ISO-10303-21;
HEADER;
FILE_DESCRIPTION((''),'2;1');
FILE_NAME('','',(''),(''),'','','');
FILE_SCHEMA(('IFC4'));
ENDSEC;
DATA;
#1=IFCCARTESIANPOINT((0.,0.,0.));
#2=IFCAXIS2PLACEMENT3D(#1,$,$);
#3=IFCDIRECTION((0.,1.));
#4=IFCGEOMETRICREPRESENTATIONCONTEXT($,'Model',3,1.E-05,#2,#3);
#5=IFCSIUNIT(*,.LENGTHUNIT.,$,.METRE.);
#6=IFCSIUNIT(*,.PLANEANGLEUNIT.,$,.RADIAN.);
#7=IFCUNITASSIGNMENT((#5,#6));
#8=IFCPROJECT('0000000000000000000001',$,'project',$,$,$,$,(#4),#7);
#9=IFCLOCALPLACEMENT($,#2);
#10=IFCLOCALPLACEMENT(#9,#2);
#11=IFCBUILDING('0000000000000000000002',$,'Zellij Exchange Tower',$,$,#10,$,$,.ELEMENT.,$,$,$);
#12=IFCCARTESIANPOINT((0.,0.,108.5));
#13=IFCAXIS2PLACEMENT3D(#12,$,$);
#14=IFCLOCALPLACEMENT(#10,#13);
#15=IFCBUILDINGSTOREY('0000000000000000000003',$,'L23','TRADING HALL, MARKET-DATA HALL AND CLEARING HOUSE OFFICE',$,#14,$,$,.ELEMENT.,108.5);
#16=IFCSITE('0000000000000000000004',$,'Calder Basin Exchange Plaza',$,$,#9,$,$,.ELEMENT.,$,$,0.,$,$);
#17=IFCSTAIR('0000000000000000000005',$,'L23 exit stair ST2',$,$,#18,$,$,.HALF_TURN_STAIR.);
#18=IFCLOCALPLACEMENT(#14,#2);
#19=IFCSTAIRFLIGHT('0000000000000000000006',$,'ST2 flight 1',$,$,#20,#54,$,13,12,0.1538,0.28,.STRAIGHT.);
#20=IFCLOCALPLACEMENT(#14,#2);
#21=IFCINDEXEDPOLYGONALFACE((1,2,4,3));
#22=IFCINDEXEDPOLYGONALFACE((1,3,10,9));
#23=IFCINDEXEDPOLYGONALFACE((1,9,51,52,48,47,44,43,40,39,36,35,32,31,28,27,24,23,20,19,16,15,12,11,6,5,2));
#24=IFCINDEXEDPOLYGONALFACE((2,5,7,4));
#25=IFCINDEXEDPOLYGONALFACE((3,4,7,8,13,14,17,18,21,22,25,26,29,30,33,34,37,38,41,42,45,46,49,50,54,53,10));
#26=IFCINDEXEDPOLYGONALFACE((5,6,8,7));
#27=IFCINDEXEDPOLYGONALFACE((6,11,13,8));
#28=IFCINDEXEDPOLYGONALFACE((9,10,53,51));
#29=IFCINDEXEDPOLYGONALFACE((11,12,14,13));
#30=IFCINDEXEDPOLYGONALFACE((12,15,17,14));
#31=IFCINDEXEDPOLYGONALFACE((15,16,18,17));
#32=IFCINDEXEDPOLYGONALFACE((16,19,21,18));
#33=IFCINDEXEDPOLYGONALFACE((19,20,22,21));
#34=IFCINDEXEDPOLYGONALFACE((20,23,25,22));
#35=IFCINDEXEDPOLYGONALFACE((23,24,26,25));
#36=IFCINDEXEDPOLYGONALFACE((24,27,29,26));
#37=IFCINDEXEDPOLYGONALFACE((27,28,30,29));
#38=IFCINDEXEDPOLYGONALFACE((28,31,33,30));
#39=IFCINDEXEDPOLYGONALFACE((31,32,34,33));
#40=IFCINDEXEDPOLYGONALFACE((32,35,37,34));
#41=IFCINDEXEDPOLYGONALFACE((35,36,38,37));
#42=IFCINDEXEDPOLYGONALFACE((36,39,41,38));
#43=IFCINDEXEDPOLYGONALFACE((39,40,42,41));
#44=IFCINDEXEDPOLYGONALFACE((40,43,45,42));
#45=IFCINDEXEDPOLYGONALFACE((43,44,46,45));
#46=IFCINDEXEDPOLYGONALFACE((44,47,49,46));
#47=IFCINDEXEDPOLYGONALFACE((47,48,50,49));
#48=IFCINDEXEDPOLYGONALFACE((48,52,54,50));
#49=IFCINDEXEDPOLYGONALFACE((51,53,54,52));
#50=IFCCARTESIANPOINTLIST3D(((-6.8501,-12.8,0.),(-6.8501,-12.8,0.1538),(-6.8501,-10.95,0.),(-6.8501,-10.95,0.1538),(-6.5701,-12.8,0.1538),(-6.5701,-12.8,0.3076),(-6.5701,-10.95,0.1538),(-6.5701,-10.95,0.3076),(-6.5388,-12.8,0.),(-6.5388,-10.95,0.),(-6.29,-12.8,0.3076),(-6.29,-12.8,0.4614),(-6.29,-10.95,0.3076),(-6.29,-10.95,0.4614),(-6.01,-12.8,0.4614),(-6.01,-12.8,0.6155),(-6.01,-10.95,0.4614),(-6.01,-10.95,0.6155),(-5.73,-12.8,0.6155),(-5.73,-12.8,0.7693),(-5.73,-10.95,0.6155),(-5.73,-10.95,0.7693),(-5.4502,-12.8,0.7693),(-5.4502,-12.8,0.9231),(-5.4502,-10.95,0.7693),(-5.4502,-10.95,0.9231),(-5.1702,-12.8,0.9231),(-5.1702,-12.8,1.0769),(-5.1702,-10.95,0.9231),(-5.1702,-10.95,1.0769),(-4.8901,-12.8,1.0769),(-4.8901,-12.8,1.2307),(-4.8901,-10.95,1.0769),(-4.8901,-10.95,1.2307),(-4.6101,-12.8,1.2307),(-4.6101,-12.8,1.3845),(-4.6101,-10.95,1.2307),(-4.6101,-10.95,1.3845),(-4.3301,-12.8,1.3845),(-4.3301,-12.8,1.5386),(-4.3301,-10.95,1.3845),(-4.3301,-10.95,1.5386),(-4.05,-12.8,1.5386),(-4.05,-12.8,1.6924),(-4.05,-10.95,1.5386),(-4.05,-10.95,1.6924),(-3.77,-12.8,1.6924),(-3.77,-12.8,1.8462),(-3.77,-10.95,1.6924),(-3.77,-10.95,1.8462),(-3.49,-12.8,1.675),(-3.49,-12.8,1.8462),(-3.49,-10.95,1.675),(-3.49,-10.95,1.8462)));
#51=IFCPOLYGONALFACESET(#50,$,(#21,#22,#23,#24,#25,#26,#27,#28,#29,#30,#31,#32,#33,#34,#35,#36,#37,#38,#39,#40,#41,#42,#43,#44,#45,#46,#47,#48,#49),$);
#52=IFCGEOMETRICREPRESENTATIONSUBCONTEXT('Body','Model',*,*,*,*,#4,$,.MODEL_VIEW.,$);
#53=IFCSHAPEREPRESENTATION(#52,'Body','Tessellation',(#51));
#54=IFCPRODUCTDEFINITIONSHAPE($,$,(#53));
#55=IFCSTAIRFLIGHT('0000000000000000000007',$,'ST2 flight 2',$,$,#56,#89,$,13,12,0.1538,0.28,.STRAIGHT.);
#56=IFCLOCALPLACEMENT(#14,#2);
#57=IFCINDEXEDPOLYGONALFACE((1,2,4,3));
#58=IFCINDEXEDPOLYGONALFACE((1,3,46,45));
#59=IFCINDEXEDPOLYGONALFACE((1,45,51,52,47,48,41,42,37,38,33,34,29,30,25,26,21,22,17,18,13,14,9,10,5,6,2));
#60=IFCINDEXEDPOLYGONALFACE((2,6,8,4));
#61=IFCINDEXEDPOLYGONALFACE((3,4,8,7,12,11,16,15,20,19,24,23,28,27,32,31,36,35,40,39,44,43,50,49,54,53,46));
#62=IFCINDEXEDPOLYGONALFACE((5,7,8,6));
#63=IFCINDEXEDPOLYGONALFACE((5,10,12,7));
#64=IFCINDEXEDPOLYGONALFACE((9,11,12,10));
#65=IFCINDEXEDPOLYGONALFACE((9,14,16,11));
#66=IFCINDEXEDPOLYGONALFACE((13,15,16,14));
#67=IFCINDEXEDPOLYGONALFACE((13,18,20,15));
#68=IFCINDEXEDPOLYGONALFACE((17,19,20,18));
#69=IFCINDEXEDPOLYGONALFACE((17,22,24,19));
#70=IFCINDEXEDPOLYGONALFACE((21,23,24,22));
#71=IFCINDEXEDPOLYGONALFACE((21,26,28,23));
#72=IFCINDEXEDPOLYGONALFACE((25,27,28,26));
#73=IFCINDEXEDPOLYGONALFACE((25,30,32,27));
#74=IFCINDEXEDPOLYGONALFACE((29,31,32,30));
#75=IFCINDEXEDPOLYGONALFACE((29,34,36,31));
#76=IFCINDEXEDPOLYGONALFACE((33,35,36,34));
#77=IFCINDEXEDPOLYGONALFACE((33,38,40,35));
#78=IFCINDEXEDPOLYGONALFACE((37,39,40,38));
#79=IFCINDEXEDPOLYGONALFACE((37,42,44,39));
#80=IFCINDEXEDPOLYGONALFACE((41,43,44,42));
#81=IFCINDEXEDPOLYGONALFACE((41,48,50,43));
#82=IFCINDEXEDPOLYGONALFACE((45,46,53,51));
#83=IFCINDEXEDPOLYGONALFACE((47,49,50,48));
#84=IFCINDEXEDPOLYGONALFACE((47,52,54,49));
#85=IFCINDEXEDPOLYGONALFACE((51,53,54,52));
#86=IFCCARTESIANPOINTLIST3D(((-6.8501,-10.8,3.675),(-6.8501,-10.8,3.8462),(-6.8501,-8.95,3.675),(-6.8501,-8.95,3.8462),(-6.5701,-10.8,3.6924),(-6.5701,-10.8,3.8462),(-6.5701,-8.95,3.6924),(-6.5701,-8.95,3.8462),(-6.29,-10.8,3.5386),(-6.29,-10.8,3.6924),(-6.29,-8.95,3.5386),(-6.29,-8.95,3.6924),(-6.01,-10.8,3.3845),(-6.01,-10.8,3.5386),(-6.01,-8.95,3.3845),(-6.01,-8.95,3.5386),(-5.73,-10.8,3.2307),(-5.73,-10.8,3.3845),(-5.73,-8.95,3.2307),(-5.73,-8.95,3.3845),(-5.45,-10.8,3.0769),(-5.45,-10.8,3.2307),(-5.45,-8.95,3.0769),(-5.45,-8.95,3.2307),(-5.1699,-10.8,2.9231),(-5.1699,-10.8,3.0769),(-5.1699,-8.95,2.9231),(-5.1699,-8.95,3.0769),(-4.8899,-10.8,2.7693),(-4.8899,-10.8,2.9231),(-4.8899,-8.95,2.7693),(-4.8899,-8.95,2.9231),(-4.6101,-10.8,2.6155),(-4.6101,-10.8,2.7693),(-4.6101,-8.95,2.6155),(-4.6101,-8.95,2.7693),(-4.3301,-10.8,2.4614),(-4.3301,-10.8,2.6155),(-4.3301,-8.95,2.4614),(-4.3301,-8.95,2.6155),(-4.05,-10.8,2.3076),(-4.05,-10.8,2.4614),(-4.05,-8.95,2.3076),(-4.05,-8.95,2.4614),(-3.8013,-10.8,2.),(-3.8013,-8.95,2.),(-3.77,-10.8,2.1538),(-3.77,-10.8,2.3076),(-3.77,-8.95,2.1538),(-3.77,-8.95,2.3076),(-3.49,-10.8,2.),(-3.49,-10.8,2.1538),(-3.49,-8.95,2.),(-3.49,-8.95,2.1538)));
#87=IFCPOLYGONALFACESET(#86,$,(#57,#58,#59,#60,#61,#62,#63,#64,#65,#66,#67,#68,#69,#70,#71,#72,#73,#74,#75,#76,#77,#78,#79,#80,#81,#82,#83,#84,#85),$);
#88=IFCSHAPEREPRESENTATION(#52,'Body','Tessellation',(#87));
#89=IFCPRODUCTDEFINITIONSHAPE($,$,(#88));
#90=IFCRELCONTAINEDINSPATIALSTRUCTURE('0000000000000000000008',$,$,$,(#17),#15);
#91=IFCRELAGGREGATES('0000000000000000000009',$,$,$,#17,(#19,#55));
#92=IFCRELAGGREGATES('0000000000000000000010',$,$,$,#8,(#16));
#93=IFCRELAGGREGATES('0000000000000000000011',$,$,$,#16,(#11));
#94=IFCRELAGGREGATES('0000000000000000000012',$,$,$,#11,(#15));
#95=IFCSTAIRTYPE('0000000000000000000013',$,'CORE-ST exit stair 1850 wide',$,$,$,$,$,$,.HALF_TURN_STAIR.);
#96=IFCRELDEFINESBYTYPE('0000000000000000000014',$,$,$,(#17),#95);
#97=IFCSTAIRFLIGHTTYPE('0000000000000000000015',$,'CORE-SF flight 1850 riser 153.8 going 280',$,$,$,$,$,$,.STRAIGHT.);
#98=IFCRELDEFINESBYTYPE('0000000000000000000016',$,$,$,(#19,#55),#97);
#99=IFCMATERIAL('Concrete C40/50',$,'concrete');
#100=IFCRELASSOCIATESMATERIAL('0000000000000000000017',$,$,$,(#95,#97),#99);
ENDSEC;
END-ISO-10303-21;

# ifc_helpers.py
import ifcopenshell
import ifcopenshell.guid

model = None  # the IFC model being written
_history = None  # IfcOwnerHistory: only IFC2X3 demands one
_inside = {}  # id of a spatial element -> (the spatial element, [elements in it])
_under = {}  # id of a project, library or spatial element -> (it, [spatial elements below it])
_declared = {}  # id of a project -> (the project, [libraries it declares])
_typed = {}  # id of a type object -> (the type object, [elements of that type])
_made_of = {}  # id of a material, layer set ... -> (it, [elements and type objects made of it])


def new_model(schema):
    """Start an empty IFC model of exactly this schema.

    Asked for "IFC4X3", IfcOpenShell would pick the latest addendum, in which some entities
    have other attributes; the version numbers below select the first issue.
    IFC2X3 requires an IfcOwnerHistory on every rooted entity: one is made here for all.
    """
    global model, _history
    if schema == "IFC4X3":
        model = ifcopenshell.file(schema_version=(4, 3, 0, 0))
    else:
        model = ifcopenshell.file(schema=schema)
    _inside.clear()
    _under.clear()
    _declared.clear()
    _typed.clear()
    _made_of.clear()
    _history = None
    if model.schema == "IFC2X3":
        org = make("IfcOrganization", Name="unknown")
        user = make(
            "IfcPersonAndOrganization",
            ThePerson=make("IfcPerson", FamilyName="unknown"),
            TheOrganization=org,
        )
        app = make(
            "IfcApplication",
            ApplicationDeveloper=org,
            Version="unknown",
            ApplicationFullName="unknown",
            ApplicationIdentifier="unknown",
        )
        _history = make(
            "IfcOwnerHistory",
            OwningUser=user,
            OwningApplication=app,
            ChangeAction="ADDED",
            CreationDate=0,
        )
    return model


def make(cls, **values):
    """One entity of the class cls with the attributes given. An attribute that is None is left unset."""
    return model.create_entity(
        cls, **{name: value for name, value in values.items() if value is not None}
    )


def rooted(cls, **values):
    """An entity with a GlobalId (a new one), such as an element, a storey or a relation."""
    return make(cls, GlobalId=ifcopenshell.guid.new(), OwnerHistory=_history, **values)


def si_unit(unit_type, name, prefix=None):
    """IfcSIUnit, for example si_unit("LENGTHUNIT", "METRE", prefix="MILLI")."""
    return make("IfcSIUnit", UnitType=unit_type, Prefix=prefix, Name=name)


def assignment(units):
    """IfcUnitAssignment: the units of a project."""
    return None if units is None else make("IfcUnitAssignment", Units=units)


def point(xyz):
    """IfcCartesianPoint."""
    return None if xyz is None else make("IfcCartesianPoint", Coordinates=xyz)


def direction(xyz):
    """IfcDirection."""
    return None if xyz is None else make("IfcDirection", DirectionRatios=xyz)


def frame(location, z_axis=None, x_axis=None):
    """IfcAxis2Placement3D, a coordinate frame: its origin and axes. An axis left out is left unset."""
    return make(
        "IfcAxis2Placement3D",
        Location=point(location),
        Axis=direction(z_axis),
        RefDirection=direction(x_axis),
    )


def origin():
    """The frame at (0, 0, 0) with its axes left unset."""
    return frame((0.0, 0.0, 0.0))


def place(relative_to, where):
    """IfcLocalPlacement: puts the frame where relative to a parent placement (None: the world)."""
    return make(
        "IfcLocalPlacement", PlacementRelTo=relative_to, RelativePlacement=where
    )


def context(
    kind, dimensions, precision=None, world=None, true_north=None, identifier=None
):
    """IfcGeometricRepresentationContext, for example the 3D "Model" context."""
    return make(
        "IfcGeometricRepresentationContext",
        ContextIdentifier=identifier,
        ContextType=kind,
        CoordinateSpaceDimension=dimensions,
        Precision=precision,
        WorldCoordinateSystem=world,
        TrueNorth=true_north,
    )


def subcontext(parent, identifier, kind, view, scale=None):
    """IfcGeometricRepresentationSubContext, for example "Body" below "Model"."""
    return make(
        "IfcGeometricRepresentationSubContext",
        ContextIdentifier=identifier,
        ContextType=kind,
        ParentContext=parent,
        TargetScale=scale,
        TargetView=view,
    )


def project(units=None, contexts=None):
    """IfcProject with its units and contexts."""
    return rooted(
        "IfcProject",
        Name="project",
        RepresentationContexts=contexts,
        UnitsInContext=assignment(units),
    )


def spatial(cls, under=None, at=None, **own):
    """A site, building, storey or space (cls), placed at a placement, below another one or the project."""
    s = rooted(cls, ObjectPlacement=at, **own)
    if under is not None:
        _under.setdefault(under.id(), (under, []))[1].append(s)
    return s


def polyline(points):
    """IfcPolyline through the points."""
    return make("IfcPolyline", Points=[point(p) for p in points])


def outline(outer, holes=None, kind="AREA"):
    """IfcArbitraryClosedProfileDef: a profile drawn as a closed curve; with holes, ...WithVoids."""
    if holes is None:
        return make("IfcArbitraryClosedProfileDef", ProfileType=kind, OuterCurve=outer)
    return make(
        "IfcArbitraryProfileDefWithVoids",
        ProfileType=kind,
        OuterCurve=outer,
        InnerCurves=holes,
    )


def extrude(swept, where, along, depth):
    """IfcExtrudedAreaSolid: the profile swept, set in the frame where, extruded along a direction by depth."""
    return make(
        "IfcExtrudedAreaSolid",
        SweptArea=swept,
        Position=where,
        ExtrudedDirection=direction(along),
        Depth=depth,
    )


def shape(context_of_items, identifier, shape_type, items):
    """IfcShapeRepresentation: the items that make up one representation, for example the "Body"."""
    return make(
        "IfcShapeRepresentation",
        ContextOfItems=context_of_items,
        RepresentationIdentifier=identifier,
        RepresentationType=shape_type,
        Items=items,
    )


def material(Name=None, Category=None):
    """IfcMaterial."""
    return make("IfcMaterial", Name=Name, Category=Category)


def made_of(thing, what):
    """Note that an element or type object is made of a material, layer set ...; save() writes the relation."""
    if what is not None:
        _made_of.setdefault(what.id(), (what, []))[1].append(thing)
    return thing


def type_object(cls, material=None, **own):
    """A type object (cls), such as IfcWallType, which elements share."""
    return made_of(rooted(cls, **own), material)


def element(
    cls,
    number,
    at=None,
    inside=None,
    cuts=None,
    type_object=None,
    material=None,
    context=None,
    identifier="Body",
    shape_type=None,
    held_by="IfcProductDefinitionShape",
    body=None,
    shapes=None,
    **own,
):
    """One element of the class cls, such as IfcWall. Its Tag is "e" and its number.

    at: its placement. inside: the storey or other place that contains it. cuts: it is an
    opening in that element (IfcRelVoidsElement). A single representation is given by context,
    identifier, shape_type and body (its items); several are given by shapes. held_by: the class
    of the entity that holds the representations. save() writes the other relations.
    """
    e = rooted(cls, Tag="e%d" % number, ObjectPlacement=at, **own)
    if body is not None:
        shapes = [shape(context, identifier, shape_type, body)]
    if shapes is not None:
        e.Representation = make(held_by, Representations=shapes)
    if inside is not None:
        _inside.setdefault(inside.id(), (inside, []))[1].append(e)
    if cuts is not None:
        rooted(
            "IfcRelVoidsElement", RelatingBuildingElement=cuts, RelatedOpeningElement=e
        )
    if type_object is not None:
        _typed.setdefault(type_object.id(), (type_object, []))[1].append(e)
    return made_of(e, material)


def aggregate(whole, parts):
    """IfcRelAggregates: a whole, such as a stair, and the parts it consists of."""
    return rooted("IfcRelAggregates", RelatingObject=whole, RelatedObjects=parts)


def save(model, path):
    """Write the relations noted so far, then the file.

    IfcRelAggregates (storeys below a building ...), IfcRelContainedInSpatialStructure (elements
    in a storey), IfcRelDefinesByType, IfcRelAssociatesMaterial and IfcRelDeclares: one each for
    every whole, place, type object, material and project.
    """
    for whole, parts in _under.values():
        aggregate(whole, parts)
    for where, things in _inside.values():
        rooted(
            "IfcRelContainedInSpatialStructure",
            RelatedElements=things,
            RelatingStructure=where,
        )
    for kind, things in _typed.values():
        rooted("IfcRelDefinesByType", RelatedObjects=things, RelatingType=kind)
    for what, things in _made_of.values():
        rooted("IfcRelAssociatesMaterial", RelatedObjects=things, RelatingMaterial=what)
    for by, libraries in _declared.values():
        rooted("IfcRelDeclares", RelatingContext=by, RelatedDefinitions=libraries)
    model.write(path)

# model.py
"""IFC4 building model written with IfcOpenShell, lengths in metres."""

from ifc_helpers import new_model, si_unit, direction, frame, origin, place, context, subcontext, project, spatial, polyline, outline, extrude, material, type_object, element, aggregate, save


model = new_model("IFC4")

# Units and contexts
model_context = context("Model", 3, precision=1e-05, world=origin(), true_north=direction((0.0, 1.0)))
body_context = subcontext(model_context, "Body", "Model", "MODEL_VIEW")
ifc_project = project(units=[si_unit("LENGTHUNIT", "METRE"), si_unit("PLANEANGLEUNIT", "RADIAN")], contexts=[model_context])

# Site, building, storey
site_placement = place(None, origin())
site = spatial("IfcSite", under=ifc_project, at=site_placement, Name="Calder Basin Exchange Plaza", CompositionType="ELEMENT", RefElevation=0.0)
building_placement = place(site_placement, origin())
building = spatial("IfcBuilding", under=site, at=building_placement, Name="Zellij Exchange Tower", CompositionType="ELEMENT")
storey_placement = place(building_placement, frame((0.0, 0.0, 108.5)))
storey = spatial("IfcBuildingStorey", under=building, at=storey_placement, Name="L23", Description="TRADING HALL, MARKET-DATA HALL AND CLEARING HOUSE OFFICE", CompositionType="ELEMENT", Elevation=108.5)

# Stair, stair flights
ifc_material_1 = material(Name="Concrete C40/50", Category="concrete")
stair_type = type_object("IfcStairType", Name="CORE-ST exit stair 1850 wide", PredefinedType="HALF_TURN_STAIR", material=ifc_material_1)
stair_placement = place(storey_placement, origin())
stair = element("IfcStair", 1, at=stair_placement, inside=storey, type_object=stair_type, Name="L23 exit stair ST2", PredefinedType="HALF_TURN_STAIR")
stair_flight_type = type_object("IfcStairFlightType", Name="CORE-SF flight 1850 riser 153.8 going 280", PredefinedType="STRAIGHT", material=ifc_material_1)
stair_flight_1_placement = place(storey_placement, frame((-6.8501, -11.875, 0.0), z_axis=(0.0, 0.0, 1.0), x_axis=(1.0, 0.0, 0.0)))
stair_flight_1 = element("IfcStairFlight", 2, at=stair_flight_1_placement, type_object=stair_flight_type, Name="ST2 flight 1", NumberOfRisers=13, NumberOfTreads=12, PredefinedType="STRAIGHT", RiserHeight=0.1538, TreadLength=0.28, context=body_context, shape_type="SweptSolid", body=[
    extrude(outline(polyline([(0.0, 0.0), (0.0, 0.1538), (0.28, 0.1538), (0.28, 0.3076), (0.5601, 0.3076), (0.5601, 0.4614), (0.8401, 0.4614), (0.8401, 0.6155), (1.1201, 0.6155), (1.1201, 0.7693), (1.3999, 0.7693), (1.3999, 0.9231), (1.6799, 0.9231), (1.6799, 1.0769), (1.96, 1.0769), (1.96, 1.2307), (2.24, 1.2307), (2.24, 1.3845), (2.52, 1.3845), (2.52, 1.5386), (2.8, 1.5386), (2.8, 1.6924), (3.0801, 1.6924), (3.0801, 1.8462), (3.3601, 1.8462), (3.3601, 2.0), (3.3601, 1.675), (0.3113, 0.0), (0.0, 0.0)])), frame((0.0, 0.925, 0.0), z_axis=(0.0, -1.0, 0.0), x_axis=(1.0, 0.0, 0.0)), (0.0, 0.0, 1.0), 1.8501),
])
stair_flight_2_placement = place(storey_placement, frame((-3.49, -9.875, 2.0), z_axis=(0.0, 0.0, 1.0), x_axis=(-1.0, 0.0, 0.0)))
stair_flight_2 = element("IfcStairFlight", 3, at=stair_flight_2_placement, type_object=stair_flight_type, Name="ST2 flight 2", NumberOfRisers=13, NumberOfTreads=12, PredefinedType="STRAIGHT", RiserHeight=0.1538, TreadLength=0.28, context=body_context, shape_type="SweptSolid", body=[
    extrude(outline(polyline([(0.0, 0.0), (0.0, 0.1538), (0.28, 0.1538), (0.28, 0.3076), (0.5601, 0.3076), (0.5601, 0.4614), (0.8401, 0.4614), (0.8401, 0.6155), (1.1201, 0.6155), (1.1201, 0.7693), (1.3999, 0.7693), (1.3999, 0.9231), (1.6799, 0.9231), (1.6799, 1.0769), (1.96, 1.0769), (1.96, 1.2307), (2.24, 1.2307), (2.24, 1.3845), (2.52, 1.3845), (2.52, 1.5386), (2.8, 1.5386), (2.8, 1.6924), (3.0801, 1.6924), (3.0801, 1.8462), (3.3601, 1.8462), (3.3601, 2.0), (3.3601, 1.675), (0.3113, 0.0), (0.0, 0.0)])), frame((0.0, 0.925, 0.0), z_axis=(0.0, -1.0, 0.0), x_axis=(1.0, 0.0, 0.0)), (0.0, 0.0, 1.0), 1.8501),
])
aggregate(stair, [stair_flight_1, stair_flight_2])

save(model, "model.ifc")
